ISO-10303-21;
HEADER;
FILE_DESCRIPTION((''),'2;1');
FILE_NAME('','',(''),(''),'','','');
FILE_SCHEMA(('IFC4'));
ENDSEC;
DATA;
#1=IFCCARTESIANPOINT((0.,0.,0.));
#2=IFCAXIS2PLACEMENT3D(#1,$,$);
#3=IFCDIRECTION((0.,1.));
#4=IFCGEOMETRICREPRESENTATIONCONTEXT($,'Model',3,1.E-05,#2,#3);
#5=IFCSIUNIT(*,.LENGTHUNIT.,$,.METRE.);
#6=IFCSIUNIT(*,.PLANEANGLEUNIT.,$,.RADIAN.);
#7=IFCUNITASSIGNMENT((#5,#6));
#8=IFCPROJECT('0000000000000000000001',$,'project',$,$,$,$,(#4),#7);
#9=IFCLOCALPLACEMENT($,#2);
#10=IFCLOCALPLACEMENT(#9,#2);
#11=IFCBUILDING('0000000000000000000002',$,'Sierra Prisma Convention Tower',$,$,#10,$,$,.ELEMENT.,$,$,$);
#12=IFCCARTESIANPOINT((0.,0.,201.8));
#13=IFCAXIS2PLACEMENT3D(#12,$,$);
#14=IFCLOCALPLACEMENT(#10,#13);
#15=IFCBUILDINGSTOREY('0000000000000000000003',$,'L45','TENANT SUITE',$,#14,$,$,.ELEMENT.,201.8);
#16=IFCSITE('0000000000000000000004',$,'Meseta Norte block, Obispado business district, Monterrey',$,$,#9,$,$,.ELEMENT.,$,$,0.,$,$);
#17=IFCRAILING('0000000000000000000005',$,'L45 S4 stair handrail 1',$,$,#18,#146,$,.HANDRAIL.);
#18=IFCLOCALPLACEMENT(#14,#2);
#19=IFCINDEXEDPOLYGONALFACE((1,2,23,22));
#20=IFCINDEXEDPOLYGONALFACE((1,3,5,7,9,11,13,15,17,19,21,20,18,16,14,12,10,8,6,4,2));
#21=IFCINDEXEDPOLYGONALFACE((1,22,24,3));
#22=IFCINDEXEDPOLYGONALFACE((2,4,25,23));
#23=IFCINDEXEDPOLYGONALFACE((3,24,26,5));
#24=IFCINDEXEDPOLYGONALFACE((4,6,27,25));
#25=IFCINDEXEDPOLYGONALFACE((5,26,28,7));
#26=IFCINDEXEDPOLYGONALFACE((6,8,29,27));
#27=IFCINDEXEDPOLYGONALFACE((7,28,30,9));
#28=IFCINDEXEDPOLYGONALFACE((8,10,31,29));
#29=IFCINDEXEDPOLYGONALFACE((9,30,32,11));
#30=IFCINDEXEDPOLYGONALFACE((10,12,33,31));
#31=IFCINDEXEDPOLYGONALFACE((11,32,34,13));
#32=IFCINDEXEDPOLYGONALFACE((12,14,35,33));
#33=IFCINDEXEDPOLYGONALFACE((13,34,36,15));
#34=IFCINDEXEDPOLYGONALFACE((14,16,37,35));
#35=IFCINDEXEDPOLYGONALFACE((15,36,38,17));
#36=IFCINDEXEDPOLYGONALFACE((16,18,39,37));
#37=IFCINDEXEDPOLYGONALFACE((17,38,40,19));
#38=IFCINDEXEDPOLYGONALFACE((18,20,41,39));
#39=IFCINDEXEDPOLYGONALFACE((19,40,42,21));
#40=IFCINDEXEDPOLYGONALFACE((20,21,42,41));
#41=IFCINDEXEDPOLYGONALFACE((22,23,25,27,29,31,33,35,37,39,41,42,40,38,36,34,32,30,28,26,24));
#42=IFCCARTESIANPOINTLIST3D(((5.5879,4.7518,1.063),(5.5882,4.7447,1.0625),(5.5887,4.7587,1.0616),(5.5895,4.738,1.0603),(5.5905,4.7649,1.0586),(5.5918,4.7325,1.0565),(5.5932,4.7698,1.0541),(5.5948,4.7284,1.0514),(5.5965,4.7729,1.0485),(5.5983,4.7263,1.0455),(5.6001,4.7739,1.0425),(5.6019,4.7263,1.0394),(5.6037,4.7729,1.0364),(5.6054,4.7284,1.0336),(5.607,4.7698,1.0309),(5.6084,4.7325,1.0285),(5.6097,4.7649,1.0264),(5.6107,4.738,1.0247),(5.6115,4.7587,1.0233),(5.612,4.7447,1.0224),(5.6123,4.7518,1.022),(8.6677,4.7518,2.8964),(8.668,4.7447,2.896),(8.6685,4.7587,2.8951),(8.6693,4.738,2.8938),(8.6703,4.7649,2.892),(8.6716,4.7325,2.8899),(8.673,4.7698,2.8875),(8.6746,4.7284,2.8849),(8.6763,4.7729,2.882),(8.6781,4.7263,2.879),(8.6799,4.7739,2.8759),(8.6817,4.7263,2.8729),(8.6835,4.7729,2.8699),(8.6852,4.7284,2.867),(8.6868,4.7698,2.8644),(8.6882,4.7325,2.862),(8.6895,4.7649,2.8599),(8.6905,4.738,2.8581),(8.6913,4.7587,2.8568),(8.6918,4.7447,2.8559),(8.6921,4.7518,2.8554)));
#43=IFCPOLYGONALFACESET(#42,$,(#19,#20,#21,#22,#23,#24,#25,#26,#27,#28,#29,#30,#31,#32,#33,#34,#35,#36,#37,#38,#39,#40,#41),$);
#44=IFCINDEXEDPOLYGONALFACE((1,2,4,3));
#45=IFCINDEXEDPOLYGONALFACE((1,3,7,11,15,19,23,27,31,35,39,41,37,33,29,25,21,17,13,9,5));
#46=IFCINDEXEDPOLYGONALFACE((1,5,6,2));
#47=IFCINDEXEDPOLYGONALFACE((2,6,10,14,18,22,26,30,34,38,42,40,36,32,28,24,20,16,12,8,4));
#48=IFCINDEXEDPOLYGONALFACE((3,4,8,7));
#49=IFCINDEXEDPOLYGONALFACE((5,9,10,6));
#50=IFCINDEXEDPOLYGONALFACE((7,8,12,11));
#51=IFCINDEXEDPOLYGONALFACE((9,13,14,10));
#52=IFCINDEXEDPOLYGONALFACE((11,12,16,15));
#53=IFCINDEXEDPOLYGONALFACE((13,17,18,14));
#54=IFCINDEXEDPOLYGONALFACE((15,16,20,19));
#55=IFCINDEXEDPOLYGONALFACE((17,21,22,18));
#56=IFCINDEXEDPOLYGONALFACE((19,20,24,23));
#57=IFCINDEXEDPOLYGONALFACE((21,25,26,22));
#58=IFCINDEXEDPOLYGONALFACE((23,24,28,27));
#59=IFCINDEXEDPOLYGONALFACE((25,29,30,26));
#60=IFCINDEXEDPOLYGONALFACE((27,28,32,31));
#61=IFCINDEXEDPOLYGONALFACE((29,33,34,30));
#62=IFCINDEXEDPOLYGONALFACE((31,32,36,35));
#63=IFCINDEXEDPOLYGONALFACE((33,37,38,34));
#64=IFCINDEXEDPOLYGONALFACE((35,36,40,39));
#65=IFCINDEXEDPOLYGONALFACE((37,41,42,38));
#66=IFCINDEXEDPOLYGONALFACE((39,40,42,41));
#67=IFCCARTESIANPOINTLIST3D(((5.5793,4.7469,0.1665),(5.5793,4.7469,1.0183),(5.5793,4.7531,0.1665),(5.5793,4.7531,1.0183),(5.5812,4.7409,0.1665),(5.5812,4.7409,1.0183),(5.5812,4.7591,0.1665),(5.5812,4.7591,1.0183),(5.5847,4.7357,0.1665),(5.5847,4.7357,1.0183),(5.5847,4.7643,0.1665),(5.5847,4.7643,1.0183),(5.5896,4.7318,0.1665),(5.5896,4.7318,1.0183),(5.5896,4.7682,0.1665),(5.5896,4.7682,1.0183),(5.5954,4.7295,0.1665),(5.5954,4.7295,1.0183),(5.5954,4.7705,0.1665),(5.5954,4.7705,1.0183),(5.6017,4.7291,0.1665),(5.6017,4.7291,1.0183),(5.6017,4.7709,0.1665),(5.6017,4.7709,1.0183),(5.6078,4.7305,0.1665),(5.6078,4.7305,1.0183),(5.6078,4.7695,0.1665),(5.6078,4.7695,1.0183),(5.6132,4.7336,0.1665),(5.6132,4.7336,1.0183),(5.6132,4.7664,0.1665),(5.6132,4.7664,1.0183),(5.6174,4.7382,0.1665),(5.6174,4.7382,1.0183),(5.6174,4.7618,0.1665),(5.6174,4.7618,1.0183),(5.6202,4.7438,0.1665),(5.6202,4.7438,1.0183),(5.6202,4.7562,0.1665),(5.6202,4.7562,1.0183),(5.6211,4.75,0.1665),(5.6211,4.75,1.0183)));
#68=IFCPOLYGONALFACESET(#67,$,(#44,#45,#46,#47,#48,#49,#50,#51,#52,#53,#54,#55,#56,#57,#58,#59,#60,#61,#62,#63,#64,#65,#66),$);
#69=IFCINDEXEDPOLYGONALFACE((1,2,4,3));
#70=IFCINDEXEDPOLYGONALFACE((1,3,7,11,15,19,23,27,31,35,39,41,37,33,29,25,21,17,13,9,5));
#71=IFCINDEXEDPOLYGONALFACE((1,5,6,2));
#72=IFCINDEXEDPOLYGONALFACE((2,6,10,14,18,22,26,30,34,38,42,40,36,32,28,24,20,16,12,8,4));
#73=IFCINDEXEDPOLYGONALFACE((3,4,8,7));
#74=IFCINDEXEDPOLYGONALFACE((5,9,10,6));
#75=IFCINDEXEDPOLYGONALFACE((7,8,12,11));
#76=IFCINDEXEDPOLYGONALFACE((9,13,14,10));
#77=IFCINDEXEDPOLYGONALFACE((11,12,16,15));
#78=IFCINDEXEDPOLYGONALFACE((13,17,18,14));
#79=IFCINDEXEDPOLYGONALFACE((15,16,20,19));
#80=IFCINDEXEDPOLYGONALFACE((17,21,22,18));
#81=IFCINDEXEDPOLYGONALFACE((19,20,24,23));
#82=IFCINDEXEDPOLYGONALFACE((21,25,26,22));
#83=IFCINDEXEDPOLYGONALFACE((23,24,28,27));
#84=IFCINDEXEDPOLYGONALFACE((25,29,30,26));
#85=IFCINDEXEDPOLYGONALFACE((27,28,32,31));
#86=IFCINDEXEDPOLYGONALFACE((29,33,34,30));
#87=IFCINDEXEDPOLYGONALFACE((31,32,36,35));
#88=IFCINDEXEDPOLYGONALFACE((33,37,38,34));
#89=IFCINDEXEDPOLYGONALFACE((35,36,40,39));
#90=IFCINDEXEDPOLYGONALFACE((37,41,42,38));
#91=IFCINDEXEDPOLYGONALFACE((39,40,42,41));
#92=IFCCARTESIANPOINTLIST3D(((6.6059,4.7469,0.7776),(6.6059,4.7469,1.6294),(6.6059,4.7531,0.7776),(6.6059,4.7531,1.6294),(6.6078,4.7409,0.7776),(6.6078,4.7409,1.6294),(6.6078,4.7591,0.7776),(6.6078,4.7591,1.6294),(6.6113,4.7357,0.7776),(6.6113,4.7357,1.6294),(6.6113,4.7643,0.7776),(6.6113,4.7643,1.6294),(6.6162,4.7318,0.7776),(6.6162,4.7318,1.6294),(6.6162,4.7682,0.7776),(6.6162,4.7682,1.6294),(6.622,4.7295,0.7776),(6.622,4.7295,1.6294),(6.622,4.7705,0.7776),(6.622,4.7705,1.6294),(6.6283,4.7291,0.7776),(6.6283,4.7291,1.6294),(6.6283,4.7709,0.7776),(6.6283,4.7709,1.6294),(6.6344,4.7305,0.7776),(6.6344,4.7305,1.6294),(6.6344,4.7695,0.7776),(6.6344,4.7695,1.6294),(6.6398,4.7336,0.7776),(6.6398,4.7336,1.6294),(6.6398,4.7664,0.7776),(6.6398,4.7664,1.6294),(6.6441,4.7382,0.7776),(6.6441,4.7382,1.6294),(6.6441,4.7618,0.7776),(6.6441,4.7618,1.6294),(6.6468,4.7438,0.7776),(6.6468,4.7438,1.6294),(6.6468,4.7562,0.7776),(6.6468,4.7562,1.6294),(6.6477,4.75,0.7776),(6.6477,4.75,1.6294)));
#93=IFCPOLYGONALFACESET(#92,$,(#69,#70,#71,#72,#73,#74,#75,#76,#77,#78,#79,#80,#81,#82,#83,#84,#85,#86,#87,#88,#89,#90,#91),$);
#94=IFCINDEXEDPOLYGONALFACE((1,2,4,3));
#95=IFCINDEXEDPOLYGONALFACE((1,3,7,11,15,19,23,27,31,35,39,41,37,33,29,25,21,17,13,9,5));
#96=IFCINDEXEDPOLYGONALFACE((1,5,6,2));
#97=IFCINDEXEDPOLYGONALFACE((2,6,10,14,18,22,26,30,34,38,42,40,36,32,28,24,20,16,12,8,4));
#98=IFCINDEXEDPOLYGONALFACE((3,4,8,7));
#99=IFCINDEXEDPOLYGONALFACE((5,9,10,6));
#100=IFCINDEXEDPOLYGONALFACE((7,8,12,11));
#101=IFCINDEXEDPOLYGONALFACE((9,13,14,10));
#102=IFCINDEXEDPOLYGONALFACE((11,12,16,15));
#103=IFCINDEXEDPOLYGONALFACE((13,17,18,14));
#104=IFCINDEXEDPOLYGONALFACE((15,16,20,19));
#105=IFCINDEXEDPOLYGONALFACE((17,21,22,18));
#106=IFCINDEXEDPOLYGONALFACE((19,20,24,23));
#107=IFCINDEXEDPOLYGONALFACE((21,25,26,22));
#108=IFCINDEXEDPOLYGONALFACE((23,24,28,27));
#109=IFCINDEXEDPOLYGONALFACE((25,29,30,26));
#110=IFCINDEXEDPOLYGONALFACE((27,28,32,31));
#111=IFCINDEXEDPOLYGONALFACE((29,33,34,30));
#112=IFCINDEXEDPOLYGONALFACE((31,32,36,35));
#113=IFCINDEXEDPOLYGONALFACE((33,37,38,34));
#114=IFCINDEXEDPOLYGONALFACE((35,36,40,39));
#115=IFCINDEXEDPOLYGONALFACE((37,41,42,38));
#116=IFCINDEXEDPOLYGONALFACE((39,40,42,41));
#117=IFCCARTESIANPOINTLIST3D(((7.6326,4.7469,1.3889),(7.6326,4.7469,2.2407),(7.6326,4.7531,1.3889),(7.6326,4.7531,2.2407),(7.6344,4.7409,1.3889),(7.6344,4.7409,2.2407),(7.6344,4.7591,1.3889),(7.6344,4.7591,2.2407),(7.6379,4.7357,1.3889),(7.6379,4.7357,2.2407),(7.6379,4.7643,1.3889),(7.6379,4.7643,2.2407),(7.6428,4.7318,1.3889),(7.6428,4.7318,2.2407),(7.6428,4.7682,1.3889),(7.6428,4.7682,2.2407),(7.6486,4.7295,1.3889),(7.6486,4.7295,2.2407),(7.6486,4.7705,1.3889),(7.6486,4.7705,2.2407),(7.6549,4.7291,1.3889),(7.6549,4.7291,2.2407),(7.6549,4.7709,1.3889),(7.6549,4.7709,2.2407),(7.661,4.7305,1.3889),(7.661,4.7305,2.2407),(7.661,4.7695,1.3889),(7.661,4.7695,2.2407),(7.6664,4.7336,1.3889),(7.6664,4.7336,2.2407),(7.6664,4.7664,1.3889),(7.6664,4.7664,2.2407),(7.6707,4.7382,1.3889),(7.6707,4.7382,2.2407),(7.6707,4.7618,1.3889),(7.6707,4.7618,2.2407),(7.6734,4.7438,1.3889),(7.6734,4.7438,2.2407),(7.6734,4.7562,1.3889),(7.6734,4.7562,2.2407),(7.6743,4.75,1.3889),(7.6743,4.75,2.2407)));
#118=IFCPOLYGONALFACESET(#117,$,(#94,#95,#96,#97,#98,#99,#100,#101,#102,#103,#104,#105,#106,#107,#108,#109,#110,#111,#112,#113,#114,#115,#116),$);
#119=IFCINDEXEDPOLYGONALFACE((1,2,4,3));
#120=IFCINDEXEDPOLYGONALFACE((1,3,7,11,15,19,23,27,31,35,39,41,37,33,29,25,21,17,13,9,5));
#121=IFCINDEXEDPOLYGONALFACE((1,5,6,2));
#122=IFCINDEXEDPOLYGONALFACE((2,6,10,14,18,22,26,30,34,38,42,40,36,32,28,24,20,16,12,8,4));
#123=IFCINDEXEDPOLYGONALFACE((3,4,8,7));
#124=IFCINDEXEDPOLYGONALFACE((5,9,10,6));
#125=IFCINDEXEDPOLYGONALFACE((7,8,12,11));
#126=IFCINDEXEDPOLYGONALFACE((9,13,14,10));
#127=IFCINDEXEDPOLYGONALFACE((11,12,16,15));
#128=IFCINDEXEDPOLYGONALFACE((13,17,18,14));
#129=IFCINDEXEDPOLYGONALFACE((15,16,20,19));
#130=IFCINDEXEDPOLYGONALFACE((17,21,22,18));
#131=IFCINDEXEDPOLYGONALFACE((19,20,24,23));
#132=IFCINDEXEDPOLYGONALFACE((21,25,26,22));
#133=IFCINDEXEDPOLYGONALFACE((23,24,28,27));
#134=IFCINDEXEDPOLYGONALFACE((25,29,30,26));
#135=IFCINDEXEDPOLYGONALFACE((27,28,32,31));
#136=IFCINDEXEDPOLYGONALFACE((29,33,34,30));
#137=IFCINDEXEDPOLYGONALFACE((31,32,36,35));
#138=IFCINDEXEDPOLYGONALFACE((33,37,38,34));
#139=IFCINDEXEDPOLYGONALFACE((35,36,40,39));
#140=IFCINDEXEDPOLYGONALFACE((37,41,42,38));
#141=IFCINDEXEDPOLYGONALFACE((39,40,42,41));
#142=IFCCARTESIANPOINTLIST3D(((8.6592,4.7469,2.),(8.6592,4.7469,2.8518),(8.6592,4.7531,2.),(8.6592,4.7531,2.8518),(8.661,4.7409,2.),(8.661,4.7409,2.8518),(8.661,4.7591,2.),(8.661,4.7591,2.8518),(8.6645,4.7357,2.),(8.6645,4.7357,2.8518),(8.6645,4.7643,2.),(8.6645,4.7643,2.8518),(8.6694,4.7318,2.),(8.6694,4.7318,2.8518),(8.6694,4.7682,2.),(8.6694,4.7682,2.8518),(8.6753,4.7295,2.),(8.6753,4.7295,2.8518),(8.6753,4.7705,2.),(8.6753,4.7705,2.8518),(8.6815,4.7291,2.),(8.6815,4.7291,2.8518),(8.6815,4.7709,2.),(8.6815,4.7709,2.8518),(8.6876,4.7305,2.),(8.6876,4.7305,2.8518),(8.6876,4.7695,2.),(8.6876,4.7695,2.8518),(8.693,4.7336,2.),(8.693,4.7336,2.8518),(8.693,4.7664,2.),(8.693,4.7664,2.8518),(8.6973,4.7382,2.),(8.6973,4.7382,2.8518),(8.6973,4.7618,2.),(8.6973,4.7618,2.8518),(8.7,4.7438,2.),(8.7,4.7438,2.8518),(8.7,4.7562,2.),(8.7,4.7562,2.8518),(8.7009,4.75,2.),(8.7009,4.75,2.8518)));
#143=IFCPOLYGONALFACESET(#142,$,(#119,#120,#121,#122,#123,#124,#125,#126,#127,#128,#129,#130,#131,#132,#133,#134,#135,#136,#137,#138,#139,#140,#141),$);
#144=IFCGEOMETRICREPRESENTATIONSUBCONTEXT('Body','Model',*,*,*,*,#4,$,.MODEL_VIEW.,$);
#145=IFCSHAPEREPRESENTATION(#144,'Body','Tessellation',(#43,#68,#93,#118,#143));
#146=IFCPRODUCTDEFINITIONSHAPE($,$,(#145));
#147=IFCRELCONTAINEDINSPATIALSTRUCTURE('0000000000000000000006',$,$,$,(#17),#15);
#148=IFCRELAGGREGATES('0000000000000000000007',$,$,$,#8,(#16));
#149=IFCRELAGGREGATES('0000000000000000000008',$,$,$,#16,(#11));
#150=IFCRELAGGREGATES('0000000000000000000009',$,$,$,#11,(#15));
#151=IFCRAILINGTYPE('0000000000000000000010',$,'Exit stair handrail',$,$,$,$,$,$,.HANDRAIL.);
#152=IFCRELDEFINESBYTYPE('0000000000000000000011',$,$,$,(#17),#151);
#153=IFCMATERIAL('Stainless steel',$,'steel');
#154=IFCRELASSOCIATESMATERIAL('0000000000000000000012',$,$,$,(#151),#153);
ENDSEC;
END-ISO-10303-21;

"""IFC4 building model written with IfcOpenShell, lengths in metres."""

from ifc_helpers import new_model, si_unit, direction, frame, origin, origin_2d, place, context, subcontext, project, spatial, circle, extrude, material, type_object, element, save


model = new_model("IFC4")

# Units and contexts
model_context = context("Model", 3, precision=1e-05, world=origin(), true_north=direction((0.0, 1.0)))
body_context = subcontext(model_context, "Body", "Model", "MODEL_VIEW")
ifc_project = project(units=[si_unit("LENGTHUNIT", "METRE"), si_unit("PLANEANGLEUNIT", "RADIAN")], contexts=[model_context])

# Site, building, storey
site_placement = place(None, origin())
site = spatial("IfcSite", under=ifc_project, at=site_placement, Name="Meseta Norte block, Obispado business district, Monterrey", CompositionType="ELEMENT", RefElevation=0.0)
building_placement = place(site_placement, origin())
building = spatial("IfcBuilding", under=site, at=building_placement, Name="Sierra Prisma Convention Tower", CompositionType="ELEMENT")
storey_placement = place(building_placement, frame((0.0, 0.0, 201.8)))
storey = spatial("IfcBuildingStorey", under=building, at=storey_placement, Name="L45", Description="TENANT SUITE", CompositionType="ELEMENT", Elevation=201.8)

# Railing
ifc_material_1 = material(Name="Stainless steel", Category="steel")
railing_type_1 = type_object("IfcRailingType", Name="Exit stair handrail", PredefinedType="HANDRAIL", material=ifc_material_1)
railing_1_placement = place(storey_placement, frame((5.6001, 4.75, 0.1665)))
element("IfcRailing", 1, at=railing_1_placement, inside=storey, type_object=railing_type_1, Name="L45 S4 stair handrail 1", PredefinedType="HANDRAIL", context=body_context, shape_type="SweptSolid", body=[
    extrude(circle(Radius=0.0239, at=origin_2d()), frame((0.0, 0.0, 0.876), z_axis=(0.859261, 0.0, 0.511538), x_axis=(0.0, 1.0, 0.0)), (0.0, 0.0, 1.0), 3.5842),
    extrude(circle(Radius=0.021, at=origin_2d()), origin(), (0.0, 0.0, 1.0), 0.8518),
    extrude(circle(Radius=0.021, at=origin_2d()), frame((1.0266, 0.0, 0.6111)), (0.0, 0.0, 1.0), 0.8518),
    extrude(circle(Radius=0.021, at=origin_2d()), frame((2.0532, 0.0, 1.2224)), (0.0, 0.0, 1.0), 0.8518),
    extrude(circle(Radius=0.021, at=origin_2d()), frame((3.0798, 0.0, 1.8335)), (0.0, 0.0, 1.0), 0.8518),
])

save(model, "model.ifc")
